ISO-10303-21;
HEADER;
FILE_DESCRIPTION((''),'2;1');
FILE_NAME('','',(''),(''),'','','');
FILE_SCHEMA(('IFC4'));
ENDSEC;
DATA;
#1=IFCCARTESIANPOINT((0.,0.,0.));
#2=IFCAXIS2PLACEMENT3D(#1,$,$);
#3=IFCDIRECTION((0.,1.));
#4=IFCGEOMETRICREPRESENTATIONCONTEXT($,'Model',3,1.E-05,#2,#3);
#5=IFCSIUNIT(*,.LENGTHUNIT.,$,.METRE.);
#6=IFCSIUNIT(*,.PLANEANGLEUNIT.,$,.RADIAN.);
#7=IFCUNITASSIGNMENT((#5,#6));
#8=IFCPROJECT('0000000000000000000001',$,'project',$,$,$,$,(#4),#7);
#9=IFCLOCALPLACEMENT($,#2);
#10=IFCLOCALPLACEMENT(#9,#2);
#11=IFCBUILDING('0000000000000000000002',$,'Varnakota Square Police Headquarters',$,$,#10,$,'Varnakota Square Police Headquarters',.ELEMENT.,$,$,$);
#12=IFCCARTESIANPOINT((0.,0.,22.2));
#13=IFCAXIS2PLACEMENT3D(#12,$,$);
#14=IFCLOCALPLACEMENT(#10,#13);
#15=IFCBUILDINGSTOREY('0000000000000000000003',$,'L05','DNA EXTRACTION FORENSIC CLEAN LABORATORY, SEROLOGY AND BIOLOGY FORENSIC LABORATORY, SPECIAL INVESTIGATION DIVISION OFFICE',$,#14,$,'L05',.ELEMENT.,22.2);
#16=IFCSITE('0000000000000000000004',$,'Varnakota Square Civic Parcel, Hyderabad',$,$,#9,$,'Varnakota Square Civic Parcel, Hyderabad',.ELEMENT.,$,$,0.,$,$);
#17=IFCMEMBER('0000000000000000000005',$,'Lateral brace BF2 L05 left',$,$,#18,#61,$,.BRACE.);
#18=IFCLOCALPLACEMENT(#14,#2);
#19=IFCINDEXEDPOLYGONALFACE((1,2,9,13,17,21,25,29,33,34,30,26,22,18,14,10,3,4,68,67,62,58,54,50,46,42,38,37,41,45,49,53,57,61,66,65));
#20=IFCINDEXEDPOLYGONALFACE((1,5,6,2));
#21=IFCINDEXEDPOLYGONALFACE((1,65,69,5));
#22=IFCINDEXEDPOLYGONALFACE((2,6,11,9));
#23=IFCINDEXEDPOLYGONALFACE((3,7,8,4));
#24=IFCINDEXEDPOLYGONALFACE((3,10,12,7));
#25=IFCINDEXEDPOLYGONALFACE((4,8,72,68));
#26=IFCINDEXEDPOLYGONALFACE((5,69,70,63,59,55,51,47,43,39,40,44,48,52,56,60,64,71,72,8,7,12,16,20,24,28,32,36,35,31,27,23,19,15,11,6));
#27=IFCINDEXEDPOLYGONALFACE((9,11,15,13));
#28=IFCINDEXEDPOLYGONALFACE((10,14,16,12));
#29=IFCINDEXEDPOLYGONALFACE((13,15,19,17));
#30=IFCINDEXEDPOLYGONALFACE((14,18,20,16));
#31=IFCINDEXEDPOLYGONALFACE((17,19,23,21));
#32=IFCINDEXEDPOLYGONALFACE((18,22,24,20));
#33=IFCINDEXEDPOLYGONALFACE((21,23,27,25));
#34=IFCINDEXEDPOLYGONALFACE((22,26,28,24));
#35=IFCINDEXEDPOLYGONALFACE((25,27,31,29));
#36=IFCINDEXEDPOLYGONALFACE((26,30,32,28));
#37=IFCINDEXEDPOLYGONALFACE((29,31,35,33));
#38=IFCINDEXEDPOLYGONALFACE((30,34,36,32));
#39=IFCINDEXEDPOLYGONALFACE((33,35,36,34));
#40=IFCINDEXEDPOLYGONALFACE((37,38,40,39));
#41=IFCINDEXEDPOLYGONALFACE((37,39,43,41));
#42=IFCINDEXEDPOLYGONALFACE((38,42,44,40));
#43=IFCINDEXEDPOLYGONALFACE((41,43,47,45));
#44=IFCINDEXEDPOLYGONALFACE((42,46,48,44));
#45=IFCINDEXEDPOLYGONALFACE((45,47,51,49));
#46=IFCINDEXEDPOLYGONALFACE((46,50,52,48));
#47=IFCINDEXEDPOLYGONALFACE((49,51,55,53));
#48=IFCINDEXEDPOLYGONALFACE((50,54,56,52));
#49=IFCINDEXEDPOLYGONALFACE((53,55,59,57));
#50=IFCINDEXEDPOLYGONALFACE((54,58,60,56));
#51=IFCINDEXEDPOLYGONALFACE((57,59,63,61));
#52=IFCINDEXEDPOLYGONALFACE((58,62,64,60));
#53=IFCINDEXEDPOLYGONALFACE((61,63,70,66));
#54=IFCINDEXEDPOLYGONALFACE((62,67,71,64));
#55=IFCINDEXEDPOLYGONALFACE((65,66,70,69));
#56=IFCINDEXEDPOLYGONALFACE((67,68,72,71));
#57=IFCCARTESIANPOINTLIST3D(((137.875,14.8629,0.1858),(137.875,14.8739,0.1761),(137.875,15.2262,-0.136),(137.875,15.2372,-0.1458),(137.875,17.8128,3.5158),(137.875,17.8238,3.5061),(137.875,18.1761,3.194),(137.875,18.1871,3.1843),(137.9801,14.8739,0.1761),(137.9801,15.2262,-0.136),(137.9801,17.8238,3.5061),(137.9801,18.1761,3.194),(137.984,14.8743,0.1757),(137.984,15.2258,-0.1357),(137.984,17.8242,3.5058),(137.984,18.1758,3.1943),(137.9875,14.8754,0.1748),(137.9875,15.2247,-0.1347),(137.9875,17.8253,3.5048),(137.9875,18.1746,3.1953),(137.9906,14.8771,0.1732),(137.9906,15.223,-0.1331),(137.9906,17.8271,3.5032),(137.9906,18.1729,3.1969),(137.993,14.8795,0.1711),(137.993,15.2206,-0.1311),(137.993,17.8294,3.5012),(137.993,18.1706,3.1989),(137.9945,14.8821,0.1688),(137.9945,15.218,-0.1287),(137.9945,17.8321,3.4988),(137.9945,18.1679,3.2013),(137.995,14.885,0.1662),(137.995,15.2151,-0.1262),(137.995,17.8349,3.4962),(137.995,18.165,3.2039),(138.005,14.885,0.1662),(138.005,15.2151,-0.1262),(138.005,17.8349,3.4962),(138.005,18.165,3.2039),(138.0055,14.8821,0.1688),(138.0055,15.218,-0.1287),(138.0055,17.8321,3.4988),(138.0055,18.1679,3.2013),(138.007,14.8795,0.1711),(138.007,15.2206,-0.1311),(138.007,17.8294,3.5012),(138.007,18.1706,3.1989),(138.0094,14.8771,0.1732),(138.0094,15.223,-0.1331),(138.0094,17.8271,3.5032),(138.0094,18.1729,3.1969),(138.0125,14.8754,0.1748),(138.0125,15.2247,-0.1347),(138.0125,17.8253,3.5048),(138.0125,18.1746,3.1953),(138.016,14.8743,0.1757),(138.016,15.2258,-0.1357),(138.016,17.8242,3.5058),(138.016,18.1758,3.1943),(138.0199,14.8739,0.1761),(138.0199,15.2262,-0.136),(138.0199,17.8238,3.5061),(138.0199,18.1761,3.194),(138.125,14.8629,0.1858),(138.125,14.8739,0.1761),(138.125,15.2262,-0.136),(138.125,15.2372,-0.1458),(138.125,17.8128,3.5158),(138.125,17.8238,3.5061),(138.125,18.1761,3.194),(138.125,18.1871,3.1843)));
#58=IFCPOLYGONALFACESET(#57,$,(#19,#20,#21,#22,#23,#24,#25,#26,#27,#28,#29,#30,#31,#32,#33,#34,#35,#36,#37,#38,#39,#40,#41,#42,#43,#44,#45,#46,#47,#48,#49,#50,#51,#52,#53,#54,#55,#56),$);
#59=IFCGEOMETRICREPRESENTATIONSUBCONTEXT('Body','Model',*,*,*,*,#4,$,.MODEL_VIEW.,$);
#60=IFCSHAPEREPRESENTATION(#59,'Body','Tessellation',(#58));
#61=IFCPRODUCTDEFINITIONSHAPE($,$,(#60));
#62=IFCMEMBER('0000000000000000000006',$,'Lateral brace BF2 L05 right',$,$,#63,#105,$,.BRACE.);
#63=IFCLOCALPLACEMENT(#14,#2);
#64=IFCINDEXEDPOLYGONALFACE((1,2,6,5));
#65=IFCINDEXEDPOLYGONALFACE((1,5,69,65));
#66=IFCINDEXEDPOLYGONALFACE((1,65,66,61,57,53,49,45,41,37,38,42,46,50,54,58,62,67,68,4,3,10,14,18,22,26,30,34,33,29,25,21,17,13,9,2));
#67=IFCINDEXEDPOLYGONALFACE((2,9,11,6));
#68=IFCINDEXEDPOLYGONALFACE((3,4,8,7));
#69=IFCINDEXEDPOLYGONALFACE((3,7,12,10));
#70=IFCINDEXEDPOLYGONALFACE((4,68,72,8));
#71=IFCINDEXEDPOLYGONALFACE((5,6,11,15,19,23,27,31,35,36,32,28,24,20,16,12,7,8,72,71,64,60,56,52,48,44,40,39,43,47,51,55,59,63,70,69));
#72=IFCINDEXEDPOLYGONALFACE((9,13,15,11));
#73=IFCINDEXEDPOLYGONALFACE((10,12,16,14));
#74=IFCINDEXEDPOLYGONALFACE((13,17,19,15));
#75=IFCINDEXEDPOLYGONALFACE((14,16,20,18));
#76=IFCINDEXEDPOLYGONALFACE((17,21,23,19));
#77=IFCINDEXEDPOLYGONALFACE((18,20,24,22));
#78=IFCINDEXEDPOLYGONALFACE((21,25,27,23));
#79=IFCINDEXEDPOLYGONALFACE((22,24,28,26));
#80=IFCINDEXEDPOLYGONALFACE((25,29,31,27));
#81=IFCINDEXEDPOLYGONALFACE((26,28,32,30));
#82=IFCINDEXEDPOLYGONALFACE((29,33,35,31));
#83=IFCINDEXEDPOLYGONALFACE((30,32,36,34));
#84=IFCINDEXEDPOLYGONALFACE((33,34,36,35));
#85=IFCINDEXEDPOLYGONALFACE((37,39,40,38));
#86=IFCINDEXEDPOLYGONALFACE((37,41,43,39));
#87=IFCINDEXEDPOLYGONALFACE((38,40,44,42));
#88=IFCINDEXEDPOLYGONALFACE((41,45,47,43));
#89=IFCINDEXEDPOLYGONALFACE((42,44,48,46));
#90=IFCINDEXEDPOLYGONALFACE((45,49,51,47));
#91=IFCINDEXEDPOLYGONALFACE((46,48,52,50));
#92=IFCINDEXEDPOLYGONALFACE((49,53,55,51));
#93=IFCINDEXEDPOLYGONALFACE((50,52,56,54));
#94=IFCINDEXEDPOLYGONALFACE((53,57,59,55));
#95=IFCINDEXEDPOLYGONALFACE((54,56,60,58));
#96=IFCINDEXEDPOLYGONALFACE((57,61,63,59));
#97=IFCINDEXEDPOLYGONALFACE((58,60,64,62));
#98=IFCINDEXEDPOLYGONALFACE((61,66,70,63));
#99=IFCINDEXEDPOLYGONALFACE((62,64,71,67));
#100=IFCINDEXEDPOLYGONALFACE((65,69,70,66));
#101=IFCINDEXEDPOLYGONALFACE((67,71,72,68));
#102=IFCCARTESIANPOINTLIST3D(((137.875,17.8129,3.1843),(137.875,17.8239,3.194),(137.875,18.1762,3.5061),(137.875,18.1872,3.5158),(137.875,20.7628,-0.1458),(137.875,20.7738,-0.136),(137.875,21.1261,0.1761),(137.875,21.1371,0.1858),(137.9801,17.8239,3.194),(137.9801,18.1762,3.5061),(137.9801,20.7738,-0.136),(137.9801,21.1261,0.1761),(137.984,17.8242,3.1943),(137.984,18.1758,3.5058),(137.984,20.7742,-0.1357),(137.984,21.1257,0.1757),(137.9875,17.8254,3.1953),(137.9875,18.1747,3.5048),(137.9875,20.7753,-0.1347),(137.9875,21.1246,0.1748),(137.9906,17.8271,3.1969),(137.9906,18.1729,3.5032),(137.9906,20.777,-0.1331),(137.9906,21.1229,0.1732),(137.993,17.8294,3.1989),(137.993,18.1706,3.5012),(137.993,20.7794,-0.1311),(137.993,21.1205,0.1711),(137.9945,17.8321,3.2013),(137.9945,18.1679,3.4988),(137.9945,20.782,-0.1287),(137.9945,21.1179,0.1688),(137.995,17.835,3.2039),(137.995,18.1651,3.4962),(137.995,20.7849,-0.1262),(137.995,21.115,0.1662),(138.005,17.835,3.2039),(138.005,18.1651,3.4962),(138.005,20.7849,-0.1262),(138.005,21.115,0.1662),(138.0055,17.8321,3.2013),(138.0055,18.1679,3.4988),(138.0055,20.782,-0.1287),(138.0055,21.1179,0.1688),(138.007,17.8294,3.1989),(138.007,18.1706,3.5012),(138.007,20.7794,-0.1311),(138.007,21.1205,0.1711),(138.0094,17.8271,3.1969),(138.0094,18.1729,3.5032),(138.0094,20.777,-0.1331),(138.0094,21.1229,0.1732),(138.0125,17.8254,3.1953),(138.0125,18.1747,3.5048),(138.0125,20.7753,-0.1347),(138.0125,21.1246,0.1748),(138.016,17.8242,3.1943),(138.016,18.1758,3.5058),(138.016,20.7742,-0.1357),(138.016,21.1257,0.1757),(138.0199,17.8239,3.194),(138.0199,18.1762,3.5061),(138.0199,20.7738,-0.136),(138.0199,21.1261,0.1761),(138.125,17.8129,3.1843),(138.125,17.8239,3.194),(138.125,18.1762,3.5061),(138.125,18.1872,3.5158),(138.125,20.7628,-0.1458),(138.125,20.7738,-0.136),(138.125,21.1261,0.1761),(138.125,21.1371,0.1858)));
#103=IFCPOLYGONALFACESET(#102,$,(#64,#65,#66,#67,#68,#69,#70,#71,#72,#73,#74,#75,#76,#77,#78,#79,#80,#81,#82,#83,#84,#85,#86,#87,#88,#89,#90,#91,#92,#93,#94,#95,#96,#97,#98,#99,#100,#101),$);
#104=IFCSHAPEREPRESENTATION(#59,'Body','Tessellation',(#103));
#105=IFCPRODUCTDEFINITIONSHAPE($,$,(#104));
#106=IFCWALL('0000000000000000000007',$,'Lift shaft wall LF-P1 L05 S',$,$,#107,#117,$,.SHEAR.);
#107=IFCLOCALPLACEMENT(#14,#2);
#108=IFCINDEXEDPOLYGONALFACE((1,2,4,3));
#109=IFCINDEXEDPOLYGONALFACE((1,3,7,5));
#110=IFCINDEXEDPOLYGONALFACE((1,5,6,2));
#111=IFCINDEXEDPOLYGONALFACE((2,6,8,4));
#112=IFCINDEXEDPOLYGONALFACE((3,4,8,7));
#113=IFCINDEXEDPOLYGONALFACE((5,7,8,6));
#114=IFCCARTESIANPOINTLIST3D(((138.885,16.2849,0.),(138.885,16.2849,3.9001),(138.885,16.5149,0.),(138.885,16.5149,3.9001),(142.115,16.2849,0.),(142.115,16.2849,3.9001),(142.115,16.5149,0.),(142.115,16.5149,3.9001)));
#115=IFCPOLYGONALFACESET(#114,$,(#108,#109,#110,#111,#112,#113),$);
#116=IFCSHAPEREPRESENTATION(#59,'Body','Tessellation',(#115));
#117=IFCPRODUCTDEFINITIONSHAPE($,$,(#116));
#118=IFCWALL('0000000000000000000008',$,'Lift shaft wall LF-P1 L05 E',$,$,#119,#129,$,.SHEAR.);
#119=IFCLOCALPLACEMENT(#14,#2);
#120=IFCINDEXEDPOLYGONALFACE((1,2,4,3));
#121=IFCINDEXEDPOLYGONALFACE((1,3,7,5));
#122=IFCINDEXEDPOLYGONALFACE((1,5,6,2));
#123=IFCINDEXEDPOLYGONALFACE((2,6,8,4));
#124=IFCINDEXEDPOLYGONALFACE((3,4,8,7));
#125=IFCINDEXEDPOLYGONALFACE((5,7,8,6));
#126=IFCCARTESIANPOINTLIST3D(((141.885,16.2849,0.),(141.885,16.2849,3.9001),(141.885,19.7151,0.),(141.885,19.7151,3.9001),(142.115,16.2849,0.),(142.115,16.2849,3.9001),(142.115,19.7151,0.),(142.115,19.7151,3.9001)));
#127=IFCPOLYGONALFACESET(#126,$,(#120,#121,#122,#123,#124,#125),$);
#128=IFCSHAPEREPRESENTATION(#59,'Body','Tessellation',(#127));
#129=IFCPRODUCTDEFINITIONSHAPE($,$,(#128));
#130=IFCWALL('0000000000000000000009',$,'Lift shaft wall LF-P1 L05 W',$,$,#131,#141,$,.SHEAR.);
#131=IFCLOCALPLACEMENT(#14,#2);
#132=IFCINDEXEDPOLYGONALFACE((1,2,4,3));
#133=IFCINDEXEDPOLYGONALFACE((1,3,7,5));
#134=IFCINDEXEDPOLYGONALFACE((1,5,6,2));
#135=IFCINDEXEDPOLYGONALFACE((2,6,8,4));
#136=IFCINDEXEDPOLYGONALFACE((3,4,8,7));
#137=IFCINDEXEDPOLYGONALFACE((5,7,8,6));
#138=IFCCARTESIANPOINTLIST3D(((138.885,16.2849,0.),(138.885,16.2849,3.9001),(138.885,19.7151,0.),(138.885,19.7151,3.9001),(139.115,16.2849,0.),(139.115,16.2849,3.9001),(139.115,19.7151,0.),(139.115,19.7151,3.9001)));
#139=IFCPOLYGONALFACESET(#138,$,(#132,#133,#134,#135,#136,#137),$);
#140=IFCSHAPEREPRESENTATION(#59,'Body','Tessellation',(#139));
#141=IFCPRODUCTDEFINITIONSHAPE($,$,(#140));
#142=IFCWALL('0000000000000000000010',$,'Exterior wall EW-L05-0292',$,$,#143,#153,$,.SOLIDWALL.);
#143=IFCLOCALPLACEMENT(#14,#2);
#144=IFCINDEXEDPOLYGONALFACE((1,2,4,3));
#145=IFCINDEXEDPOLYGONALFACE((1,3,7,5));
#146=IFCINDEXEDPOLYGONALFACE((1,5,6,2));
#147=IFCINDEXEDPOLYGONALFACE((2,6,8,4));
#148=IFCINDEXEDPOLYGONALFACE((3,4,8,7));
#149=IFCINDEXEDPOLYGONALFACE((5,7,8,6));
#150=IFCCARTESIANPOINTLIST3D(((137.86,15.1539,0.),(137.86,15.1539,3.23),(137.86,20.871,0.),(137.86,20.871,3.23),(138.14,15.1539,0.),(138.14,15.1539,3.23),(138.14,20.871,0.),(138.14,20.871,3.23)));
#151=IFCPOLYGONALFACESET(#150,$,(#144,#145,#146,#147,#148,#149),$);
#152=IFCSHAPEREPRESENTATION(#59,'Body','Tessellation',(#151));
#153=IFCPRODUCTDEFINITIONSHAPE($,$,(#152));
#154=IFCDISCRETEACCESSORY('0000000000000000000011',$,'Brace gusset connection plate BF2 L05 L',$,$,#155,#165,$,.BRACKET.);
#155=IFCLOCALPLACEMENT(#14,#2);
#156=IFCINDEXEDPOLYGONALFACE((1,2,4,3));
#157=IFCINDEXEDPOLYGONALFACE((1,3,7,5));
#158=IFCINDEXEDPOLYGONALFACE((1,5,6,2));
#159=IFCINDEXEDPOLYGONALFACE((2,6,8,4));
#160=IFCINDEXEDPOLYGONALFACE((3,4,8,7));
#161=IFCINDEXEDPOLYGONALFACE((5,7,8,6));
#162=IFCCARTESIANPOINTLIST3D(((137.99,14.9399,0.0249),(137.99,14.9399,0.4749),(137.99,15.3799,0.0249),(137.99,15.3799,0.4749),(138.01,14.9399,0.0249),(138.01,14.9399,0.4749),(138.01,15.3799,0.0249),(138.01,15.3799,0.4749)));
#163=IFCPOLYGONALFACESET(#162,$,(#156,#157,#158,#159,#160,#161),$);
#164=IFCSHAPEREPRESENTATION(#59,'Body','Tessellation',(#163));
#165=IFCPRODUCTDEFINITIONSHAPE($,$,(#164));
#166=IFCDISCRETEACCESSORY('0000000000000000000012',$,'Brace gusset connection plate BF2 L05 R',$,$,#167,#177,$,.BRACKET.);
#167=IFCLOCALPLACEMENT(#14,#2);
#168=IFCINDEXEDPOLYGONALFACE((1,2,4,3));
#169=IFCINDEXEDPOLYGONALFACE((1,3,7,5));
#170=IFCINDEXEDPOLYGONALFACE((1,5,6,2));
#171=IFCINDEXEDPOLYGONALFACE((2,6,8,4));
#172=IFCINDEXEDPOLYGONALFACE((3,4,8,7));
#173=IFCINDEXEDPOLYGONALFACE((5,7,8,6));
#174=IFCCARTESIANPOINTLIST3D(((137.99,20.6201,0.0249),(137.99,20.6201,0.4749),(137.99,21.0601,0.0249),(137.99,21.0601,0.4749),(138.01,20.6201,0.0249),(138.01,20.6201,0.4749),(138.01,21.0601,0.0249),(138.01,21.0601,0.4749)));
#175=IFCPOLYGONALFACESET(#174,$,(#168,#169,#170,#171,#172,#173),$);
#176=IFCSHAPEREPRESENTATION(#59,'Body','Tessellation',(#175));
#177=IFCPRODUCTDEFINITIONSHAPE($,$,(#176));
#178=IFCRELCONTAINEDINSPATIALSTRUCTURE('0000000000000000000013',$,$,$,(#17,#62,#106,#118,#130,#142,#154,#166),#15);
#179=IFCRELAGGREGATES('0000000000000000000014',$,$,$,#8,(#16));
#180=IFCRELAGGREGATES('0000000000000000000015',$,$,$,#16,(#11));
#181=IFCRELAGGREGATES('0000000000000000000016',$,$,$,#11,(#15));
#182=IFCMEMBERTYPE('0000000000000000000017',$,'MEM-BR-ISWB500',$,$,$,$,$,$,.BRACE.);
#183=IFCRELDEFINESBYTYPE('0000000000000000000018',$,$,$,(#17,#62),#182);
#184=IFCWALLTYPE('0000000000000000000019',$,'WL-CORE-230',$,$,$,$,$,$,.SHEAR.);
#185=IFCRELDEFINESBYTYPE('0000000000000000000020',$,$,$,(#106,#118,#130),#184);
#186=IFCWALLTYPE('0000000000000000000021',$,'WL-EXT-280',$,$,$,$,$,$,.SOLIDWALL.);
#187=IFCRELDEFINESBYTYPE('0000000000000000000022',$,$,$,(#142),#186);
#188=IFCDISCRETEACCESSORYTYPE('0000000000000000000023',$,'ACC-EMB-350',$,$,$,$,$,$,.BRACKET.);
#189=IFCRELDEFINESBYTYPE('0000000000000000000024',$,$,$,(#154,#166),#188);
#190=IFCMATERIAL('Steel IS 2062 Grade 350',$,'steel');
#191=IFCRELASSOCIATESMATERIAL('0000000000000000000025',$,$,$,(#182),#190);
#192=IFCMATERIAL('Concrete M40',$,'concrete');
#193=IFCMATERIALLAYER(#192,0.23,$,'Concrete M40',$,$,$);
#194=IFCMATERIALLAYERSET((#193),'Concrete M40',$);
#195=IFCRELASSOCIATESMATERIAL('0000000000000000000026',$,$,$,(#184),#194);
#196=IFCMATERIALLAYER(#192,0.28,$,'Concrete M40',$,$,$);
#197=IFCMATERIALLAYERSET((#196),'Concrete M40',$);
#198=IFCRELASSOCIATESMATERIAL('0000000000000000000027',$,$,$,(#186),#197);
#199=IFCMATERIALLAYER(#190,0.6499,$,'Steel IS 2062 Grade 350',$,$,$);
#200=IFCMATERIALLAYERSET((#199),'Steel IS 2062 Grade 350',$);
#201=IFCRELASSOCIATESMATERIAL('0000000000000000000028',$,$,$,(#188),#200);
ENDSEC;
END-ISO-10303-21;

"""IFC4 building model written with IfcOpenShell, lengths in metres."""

from ifc_helpers import new_model, si_unit, direction, frame, frame_2d, origin, origin_2d, place, context, subcontext, project, spatial, rectangle, i_section, extrude, material, layer, layer_set, material_profile, profile_set, type_object, element, save


model = new_model("IFC4")

# Units and contexts
model_context = context("Model", 3, precision=1e-05, world=origin(), true_north=direction((0.0, 1.0)))
body_context = subcontext(model_context, "Body", "Model", "MODEL_VIEW")
ifc_project = project(units=[si_unit("LENGTHUNIT", "METRE"), si_unit("PLANEANGLEUNIT", "RADIAN")], contexts=[model_context])

# Site, building, storey
site_placement = place(None, origin())
site = spatial("IfcSite", under=ifc_project, at=site_placement, Name="Varnakota Square Civic Parcel, Hyderabad", LongName="Varnakota Square Civic Parcel, Hyderabad", CompositionType="ELEMENT", RefElevation=0.0)
building_placement = place(site_placement, origin())
building = spatial("IfcBuilding", under=site, at=building_placement, Name="Varnakota Square Police Headquarters", LongName="Varnakota Square Police Headquarters", CompositionType="ELEMENT")
storey_placement = place(building_placement, frame((0.0, 0.0, 22.2)))
storey = spatial("IfcBuildingStorey", under=building, at=storey_placement, Name="L05", Description="DNA EXTRACTION FORENSIC CLEAN LABORATORY, SEROLOGY AND BIOLOGY FORENSIC LABORATORY, SPECIAL INVESTIGATION DIVISION OFFICE", LongName="L05", CompositionType="ELEMENT", Elevation=22.2)

# Shared definitions
ifc_material_1 = material(Name="Steel IS 2062 Grade 350", Category="steel")

# Members
ifc_material_profile_1 = material_profile(ifc_material_1, i_section(OverallWidth=0.25, OverallDepth=0.5, WebThickness=0.01, FlangeThickness=0.0146, FilletRadius=0.0149, at=origin_2d()), Name="ISWB 500")
ifc_profile_set_1 = profile_set([ifc_material_profile_1], Name="Steel IS 2062 Grade 350")
member_type_1 = type_object("IfcMemberType", Name="MEM-BR-ISWB500", PredefinedType="BRACE", material=ifc_profile_set_1)
for number, where, z_axis, x_axis, name in (
    (1, (138.0, 15.05, 0.02), (0.0, 0.663092, 0.748538), (-1.0, 0.0, 0.0), "Lateral brace BF2 L05 left"),
    (2, (138.0, 20.95, 0.02), (0.0, -0.663092, 0.748538), (1.0, 0.0, 0.0), "Lateral brace BF2 L05 right"),
):
    element("IfcMember", number, at=place(storey_placement, frame(where, z_axis=z_axis, x_axis=x_axis)), inside=storey, type_object=member_type_1, Name=name, PredefinedType="BRACE", context=body_context, shape_type="SweptSolid", body=[
        extrude(i_section(OverallWidth=0.25, OverallDepth=0.5, WebThickness=0.01, FlangeThickness=0.0146, FilletRadius=0.0149, at=origin_2d()), origin(), (0.0, 0.0, 1.0), 4.4487),
    ])

# Walls
ifc_material_2 = material(Name="Concrete M40", Category="concrete")
ifc_layer_1 = layer(ifc_material_2, 0.23, Name="Concrete M40")
ifc_layer_set_1 = layer_set([ifc_layer_1], Name="Concrete M40")
wall_type_1 = type_object("IfcWallType", Name="WL-CORE-230", PredefinedType="SHEAR", material=ifc_layer_set_1)
wall_1_placement = place(storey_placement, frame((138.885, 16.3999, 0.0), z_axis=(0.0, 0.0, 1.0), x_axis=(1.0, 0.0, 0.0)))
element("IfcWall", 3, at=wall_1_placement, inside=storey, type_object=wall_type_1, Name="Lift shaft wall LF-P1 L05 S", PredefinedType="SHEAR", context=body_context, shape_type="SweptSolid", body=[
    extrude(rectangle(XDim=3.23, YDim=0.23, at=frame_2d((1.615, 0.0))), origin(), (0.0, 0.0, 1.0), 3.9001),
])
wall_2_placement = place(storey_placement, frame((142.0, 16.2849, 0.0), z_axis=(0.0, 0.0, 1.0), x_axis=(0.0, 1.0, 0.0)))
element("IfcWall", 4, at=wall_2_placement, inside=storey, type_object=wall_type_1, Name="Lift shaft wall LF-P1 L05 E", PredefinedType="SHEAR", context=body_context, shape_type="SweptSolid", body=[
    extrude(rectangle(XDim=3.4302, YDim=0.23, at=frame_2d((1.7151, 0.0))), origin(), (0.0, 0.0, 1.0), 3.9001),
])

# Walls
wall_3_placement = place(storey_placement, frame((139.0, 19.7151, 0.0), z_axis=(0.0, 0.0, 1.0), x_axis=(0.0, -1.0, 0.0)))
element("IfcWall", 5, at=wall_3_placement, inside=storey, type_object=wall_type_1, Name="Lift shaft wall LF-P1 L05 W", PredefinedType="SHEAR", context=body_context, shape_type="SweptSolid", body=[
    extrude(rectangle(XDim=3.4302, YDim=0.23, at=frame_2d((1.7151, 0.0))), origin(), (0.0, 0.0, 1.0), 3.9001),
])
ifc_layer_2 = layer(ifc_material_2, 0.28, Name="Concrete M40")
ifc_layer_set_2 = layer_set([ifc_layer_2], Name="Concrete M40")
wall_type_2 = type_object("IfcWallType", Name="WL-EXT-280", PredefinedType="SOLIDWALL", material=ifc_layer_set_2)
wall_4_placement = place(storey_placement, frame((138.0, 15.1541, 0.0), z_axis=(0.0, 0.0, 1.0), x_axis=(0.0, 1.0, 0.0)))
element("IfcWall", 6, at=wall_4_placement, inside=storey, type_object=wall_type_2, Name="Exterior wall EW-L05-0292", PredefinedType="SOLIDWALL", context=body_context, shape_type="SweptSolid", body=[
    extrude(rectangle(XDim=5.717, YDim=0.28, at=frame_2d((2.8584, 0.0))), origin(), (0.0, 0.0, 1.0), 3.23),
])

# Discrete accessories
ifc_layer_3 = layer(ifc_material_1, 0.6499, Name="Steel IS 2062 Grade 350")
ifc_layer_set_3 = layer_set([ifc_layer_3], Name="Steel IS 2062 Grade 350")
discrete_accessory_type = type_object("IfcDiscreteAccessoryType", Name="ACC-EMB-350", PredefinedType="BRACKET", material=ifc_layer_set_3)
for number, where, z_axis, x_axis, name in (
    (7, (138.0, 15.1599, 0.0249), (0.0, 0.0, 1.0), (0.0, 1.0, 0.0), "Brace gusset connection plate BF2 L05 L"),
    (8, (138.0, 20.8401, 0.0249), (0.0, 0.0, 1.0), (0.0, 1.0, 0.0), "Brace gusset connection plate BF2 L05 R"),
):
    element("IfcDiscreteAccessory", number, at=place(storey_placement, frame(where, z_axis=z_axis, x_axis=x_axis)), inside=storey, type_object=discrete_accessory_type, Name=name, PredefinedType="BRACKET", context=body_context, shape_type="SweptSolid", body=[
        extrude(rectangle(XDim=0.4399, YDim=0.02, at=origin_2d()), origin(), (0.0, 0.0, 1.0), 0.45),
    ])

save(model, "model.ifc")
